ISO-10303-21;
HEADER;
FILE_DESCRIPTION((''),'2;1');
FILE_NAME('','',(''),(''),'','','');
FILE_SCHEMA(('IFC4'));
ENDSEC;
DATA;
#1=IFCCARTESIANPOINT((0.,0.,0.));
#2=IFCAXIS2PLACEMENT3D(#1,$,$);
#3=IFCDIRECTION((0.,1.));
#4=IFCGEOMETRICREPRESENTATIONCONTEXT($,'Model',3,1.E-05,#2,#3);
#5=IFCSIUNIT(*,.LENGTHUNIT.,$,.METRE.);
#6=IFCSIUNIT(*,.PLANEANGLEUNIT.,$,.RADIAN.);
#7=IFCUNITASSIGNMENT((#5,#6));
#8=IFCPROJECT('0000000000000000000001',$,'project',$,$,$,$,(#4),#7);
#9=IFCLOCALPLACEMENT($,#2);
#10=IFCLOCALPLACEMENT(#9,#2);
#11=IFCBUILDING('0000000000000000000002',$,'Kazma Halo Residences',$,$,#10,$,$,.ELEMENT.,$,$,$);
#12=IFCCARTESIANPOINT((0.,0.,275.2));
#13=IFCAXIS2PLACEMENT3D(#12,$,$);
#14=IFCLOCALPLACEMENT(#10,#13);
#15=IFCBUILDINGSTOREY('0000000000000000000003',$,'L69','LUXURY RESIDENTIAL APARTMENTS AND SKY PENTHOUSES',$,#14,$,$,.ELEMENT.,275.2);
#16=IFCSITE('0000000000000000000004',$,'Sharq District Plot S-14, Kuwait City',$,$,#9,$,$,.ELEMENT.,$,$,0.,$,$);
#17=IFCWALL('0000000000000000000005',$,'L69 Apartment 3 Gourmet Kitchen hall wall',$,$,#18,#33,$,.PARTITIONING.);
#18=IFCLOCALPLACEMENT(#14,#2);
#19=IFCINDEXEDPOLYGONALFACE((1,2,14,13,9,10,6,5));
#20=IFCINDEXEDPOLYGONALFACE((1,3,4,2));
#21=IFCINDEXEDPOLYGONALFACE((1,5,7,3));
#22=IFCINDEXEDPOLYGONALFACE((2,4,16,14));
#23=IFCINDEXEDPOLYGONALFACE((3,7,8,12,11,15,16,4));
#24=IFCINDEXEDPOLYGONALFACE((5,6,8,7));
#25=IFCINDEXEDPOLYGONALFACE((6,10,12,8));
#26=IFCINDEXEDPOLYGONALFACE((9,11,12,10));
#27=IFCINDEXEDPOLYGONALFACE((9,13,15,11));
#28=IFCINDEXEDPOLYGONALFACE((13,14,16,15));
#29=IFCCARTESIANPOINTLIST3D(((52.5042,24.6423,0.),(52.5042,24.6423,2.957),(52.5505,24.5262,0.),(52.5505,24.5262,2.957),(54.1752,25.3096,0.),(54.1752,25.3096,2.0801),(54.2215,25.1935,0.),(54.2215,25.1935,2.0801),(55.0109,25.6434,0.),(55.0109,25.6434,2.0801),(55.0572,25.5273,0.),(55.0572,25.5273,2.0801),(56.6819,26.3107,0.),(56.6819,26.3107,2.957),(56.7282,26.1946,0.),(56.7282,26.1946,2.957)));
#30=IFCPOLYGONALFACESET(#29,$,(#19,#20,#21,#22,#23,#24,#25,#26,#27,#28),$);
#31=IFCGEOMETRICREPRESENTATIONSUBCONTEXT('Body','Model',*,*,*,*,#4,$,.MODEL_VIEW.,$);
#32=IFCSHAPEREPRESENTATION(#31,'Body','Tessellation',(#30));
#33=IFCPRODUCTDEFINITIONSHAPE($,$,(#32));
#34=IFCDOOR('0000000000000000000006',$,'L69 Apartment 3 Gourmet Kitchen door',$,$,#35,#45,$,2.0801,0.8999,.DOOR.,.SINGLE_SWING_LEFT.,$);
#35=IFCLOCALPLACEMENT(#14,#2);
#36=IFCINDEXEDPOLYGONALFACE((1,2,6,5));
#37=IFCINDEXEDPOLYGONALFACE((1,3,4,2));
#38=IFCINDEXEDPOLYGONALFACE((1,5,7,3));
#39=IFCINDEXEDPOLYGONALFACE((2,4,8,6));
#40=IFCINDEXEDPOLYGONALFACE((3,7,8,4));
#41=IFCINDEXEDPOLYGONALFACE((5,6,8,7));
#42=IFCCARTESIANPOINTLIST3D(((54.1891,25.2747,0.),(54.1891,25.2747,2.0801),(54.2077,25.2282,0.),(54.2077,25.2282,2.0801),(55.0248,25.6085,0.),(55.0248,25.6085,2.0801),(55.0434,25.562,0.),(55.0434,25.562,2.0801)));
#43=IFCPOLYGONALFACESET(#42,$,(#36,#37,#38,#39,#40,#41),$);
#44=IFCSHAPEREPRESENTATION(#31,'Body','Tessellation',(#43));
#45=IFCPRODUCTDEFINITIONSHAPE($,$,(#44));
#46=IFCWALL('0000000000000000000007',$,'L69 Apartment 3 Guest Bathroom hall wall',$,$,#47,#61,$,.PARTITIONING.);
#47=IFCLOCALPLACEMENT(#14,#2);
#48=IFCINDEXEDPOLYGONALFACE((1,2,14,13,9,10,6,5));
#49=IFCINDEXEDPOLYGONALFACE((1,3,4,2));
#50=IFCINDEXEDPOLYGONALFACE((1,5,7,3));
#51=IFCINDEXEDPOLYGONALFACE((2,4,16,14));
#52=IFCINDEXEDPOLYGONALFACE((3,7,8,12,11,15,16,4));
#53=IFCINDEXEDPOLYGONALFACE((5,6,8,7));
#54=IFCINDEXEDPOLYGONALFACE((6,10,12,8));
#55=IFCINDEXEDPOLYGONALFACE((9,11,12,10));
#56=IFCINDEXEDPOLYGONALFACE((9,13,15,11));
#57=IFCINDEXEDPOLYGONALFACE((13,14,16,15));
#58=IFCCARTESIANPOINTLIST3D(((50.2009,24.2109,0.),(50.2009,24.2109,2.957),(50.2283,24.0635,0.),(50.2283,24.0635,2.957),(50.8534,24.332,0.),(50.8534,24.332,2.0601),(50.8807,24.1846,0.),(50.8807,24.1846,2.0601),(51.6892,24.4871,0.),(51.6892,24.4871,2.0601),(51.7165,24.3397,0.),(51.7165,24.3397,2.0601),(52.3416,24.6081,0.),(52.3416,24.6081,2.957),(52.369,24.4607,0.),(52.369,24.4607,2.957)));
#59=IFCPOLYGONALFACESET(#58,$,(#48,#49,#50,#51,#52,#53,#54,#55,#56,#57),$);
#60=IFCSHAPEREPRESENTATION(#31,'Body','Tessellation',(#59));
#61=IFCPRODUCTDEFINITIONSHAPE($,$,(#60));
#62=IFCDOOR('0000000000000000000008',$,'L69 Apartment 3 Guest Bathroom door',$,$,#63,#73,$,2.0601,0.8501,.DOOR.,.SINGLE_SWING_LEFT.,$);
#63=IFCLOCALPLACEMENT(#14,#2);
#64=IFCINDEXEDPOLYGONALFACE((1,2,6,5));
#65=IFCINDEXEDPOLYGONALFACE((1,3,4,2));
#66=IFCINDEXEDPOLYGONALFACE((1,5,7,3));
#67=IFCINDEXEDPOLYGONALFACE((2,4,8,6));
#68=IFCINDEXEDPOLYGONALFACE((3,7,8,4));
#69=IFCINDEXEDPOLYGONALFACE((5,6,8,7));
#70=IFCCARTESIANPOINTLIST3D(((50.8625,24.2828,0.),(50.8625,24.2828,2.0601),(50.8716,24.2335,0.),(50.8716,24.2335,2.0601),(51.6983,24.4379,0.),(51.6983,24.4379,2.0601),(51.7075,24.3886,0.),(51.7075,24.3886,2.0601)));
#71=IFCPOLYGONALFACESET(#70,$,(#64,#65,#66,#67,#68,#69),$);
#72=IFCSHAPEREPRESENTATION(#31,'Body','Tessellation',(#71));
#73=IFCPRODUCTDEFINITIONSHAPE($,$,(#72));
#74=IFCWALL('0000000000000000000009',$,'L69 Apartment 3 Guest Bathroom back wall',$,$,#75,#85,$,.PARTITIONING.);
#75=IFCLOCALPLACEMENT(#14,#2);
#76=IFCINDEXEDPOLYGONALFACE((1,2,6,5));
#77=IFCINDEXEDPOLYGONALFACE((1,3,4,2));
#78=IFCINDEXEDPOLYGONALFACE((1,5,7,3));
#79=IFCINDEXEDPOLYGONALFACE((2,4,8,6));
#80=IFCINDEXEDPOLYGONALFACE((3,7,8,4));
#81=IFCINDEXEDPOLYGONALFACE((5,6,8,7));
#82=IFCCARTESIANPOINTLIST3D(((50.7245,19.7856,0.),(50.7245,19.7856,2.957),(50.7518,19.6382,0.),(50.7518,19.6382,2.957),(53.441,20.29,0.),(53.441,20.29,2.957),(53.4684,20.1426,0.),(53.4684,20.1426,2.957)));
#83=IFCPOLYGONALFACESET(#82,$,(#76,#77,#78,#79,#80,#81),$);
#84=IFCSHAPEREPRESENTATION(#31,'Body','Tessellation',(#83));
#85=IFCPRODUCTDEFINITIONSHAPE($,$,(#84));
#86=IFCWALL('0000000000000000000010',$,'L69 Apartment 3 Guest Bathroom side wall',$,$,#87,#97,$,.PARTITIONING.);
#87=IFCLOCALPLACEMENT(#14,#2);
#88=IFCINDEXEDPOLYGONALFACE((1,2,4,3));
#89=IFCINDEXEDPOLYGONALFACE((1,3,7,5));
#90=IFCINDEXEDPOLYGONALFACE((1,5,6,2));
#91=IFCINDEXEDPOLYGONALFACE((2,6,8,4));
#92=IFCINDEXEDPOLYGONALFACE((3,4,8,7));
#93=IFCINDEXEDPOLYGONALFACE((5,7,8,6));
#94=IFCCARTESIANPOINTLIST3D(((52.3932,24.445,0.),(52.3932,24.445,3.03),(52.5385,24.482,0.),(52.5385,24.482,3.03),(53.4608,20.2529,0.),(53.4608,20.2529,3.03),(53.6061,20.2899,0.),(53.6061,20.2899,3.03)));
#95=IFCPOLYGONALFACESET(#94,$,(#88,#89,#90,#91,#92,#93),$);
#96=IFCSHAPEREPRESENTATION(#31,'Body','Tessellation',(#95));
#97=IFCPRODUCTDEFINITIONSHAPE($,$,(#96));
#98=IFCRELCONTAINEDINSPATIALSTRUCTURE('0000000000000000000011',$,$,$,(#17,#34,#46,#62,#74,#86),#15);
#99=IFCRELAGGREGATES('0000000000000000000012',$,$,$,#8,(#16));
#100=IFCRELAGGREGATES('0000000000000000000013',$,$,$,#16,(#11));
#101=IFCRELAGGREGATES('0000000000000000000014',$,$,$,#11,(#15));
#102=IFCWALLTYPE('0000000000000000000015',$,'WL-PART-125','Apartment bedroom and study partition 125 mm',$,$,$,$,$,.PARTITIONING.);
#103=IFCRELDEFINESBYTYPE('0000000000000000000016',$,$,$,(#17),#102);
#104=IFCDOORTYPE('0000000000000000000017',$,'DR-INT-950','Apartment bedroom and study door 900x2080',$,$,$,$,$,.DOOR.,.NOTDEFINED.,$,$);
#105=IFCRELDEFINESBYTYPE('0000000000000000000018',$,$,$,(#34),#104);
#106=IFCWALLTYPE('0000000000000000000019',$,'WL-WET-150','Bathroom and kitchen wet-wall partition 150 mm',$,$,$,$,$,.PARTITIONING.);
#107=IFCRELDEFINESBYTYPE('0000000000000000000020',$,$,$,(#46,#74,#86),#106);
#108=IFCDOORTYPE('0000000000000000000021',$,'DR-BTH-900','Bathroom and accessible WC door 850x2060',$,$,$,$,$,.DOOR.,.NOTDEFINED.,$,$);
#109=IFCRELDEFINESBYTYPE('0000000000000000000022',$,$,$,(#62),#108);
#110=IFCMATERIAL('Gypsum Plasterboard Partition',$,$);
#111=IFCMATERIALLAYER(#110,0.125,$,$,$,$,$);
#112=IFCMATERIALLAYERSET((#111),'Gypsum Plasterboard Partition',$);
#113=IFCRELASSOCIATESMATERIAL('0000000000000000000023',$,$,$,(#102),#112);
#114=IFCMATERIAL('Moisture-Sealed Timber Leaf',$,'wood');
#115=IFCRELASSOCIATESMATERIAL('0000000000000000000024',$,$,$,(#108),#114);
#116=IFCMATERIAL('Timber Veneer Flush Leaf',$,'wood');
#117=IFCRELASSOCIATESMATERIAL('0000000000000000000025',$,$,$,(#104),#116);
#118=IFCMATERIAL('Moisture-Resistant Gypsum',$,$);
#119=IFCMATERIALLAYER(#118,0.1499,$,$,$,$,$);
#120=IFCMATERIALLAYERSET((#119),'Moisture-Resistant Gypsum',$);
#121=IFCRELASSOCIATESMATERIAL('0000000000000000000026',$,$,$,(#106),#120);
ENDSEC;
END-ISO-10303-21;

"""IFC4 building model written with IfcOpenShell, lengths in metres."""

from ifc_helpers import new_model, si_unit, direction, frame, frame_2d, origin, place, context, subcontext, project, spatial, rectangle, extrude, material, layer, layer_set, type_object, element, fill, save


model = new_model("IFC4")

# Units and contexts
model_context = context("Model", 3, precision=1e-05, world=origin(), true_north=direction((0.0, 1.0)))
body_context = subcontext(model_context, "Body", "Model", "MODEL_VIEW")
ifc_project = project(units=[si_unit("LENGTHUNIT", "METRE"), si_unit("PLANEANGLEUNIT", "RADIAN")], contexts=[model_context])

# Site, building, storey
site_placement = place(None, origin())
site = spatial("IfcSite", under=ifc_project, at=site_placement, Name="Sharq District Plot S-14, Kuwait City", CompositionType="ELEMENT", RefElevation=0.0)
building_placement = place(site_placement, origin())
building = spatial("IfcBuilding", under=site, at=building_placement, Name="Kazma Halo Residences", CompositionType="ELEMENT")
storey_placement = place(building_placement, frame((0.0, 0.0, 275.2)))
storey = spatial("IfcBuildingStorey", under=building, at=storey_placement, Name="L69", Description="LUXURY RESIDENTIAL APARTMENTS AND SKY PENTHOUSES", CompositionType="ELEMENT", Elevation=275.2)

# Shared definitions
ifc_material_1 = material(Name="Gypsum Plasterboard Partition")
ifc_layer_1 = layer(ifc_material_1, 0.125)
ifc_layer_set_1 = layer_set([ifc_layer_1], Name="Gypsum Plasterboard Partition")
wall_type_1 = type_object("IfcWallType", Name="WL-PART-125", Description="Apartment bedroom and study partition 125 mm", PredefinedType="PARTITIONING", material=ifc_layer_set_1)

# Walls, openings, doors
ifc_material_2 = material(Name="Moisture-Sealed Timber Leaf", Category="wood")
door_type_1 = type_object("IfcDoorType", Name="DR-BTH-900", Description="Bathroom and accessible WC door 850x2060", OperationType="NOTDEFINED", PredefinedType="DOOR", material=ifc_material_2)
wall_1_placement = place(storey_placement, frame((52.5273, 24.5842, 0.0), z_axis=(0.0, 0.0, 1.0), x_axis=(0.928679, 0.370885, 0.0)))
wall_1 = element("IfcWall", 1, at=wall_1_placement, inside=storey, type_object=wall_type_1, Name="L69 Apartment 3 Gourmet Kitchen hall wall", PredefinedType="PARTITIONING", context=body_context, shape_type="SweptSolid", body=[
    extrude(rectangle(XDim=4.4985, YDim=0.125, at=frame_2d((2.2493, 0.0))), origin(), (0.0, 0.0, 1.0), 2.957),
])
opening_1_placement = place(wall_1_placement, frame((1.7993, 0.0, 0.0)))
opening_1 = element("IfcOpeningElement", 2, at=opening_1_placement, cuts=wall_1, PredefinedType="OPENING", context=body_context, shape_type="SweptSolid", body=[
    extrude(rectangle(XDim=0.8999, YDim=2.0801, at=frame_2d((0.45, 1.04))), frame((0.0, 0.0725, 0.0), z_axis=(0.0, -1.0, 0.0), x_axis=(1.0, 0.0, 0.0)), (0.0, 0.0, 1.0), 0.145),
])
ifc_material_3 = material(Name="Timber Veneer Flush Leaf", Category="wood")
door_type_2 = type_object("IfcDoorType", Name="DR-INT-950", Description="Apartment bedroom and study door 900x2080", OperationType="NOTDEFINED", PredefinedType="DOOR", material=ifc_material_3)
door_1_placement = place(opening_1_placement, origin())
door_1 = element("IfcDoor", 3, at=door_1_placement, inside=storey, type_object=door_type_2, Name="L69 Apartment 3 Gourmet Kitchen door", OperationType="SINGLE_SWING_LEFT", OverallHeight=2.0801, OverallWidth=0.8999, PredefinedType="DOOR", context=body_context, shape_type="SweptSolid", body=[
    extrude(rectangle(XDim=0.8999, YDim=2.0801, at=frame_2d((0.45, 1.04))), frame((0.0, 0.0249, 0.0), z_axis=(0.0, -1.0, 0.0), x_axis=(1.0, 0.0, 0.0)), (0.0, 0.0, 1.0), 0.05),
])
fill(opening_1, door_1)
ifc_material_4 = material(Name="Moisture-Resistant Gypsum")
ifc_layer_2 = layer(ifc_material_4, 0.1499)
ifc_layer_set_2 = layer_set([ifc_layer_2], Name="Moisture-Resistant Gypsum")
wall_type_2 = type_object("IfcWallType", Name="WL-WET-150", Description="Bathroom and kitchen wet-wall partition 150 mm", PredefinedType="PARTITIONING", material=ifc_layer_set_2)
wall_2_placement = place(storey_placement, frame((50.2146, 24.1372, 0.0), z_axis=(0.0, 0.0, 1.0), x_axis=(0.983216, 0.182447, 0.0)))
wall_2 = element("IfcWall", 4, at=wall_2_placement, inside=storey, type_object=wall_type_2, Name="L69 Apartment 3 Guest Bathroom hall wall", PredefinedType="PARTITIONING", context=body_context, shape_type="SweptSolid", body=[
    extrude(rectangle(XDim=2.1772, YDim=0.1499, at=frame_2d((1.0886, 0.0))), origin(), (0.0, 0.0, 1.0), 2.957),
])
opening_2_placement = place(wall_2_placement, frame((0.6636, 0.0, 0.0)))
opening_2 = element("IfcOpeningElement", 5, at=opening_2_placement, cuts=wall_2, PredefinedType="OPENING", context=body_context, shape_type="SweptSolid", body=[
    extrude(rectangle(XDim=0.8501, YDim=2.0601, at=frame_2d((0.425, 1.03))), frame((0.0, 0.085, 0.0), z_axis=(0.0, -1.0, 0.0), x_axis=(1.0, 0.0, 0.0)), (0.0, 0.0, 1.0), 0.1699),
])
door_2_placement = place(opening_2_placement, origin())
door_2 = element("IfcDoor", 6, at=door_2_placement, inside=storey, type_object=door_type_1, Name="L69 Apartment 3 Guest Bathroom door", OperationType="SINGLE_SWING_LEFT", OverallHeight=2.0601, OverallWidth=0.8501, PredefinedType="DOOR", context=body_context, shape_type="SweptSolid", body=[
    extrude(rectangle(XDim=0.8501, YDim=2.0601, at=frame_2d((0.425, 1.03))), frame((0.0, 0.0249, 0.0), z_axis=(0.0, -1.0, 0.0), x_axis=(1.0, 0.0, 0.0)), (0.0, 0.0, 1.0), 0.05),
])
fill(opening_2, door_2)

# Walls
wall_3_placement = place(storey_placement, frame((50.7383, 19.7119, 0.0), z_axis=(0.0, 0.0, 1.0), x_axis=(0.983196, 0.182554, 0.0)))
element("IfcWall", 7, at=wall_3_placement, inside=storey, type_object=wall_type_2, Name="L69 Apartment 3 Guest Bathroom back wall", PredefinedType="PARTITIONING", context=body_context, shape_type="SweptSolid", body=[
    extrude(rectangle(XDim=2.7629, YDim=0.1499, at=frame_2d((1.3813, 0.0))), origin(), (0.0, 0.0, 1.0), 2.957),
])
wall_4_placement = place(storey_placement, frame((52.4658, 24.4636, 0.0), z_axis=(0.0, 0.0, 1.0), x_axis=(0.246796, -0.969067, 0.0)))
element("IfcWall", 8, at=wall_4_placement, inside=storey, type_object=wall_type_2, Name="L69 Apartment 3 Guest Bathroom side wall", PredefinedType="PARTITIONING", context=body_context, shape_type="SweptSolid", body=[
    extrude(rectangle(XDim=4.3259, YDim=0.1499, at=frame_2d((2.1631, 0.0))), origin(), (0.0, 0.0, 1.0), 3.03),
])

save(model, "model.ifc")
